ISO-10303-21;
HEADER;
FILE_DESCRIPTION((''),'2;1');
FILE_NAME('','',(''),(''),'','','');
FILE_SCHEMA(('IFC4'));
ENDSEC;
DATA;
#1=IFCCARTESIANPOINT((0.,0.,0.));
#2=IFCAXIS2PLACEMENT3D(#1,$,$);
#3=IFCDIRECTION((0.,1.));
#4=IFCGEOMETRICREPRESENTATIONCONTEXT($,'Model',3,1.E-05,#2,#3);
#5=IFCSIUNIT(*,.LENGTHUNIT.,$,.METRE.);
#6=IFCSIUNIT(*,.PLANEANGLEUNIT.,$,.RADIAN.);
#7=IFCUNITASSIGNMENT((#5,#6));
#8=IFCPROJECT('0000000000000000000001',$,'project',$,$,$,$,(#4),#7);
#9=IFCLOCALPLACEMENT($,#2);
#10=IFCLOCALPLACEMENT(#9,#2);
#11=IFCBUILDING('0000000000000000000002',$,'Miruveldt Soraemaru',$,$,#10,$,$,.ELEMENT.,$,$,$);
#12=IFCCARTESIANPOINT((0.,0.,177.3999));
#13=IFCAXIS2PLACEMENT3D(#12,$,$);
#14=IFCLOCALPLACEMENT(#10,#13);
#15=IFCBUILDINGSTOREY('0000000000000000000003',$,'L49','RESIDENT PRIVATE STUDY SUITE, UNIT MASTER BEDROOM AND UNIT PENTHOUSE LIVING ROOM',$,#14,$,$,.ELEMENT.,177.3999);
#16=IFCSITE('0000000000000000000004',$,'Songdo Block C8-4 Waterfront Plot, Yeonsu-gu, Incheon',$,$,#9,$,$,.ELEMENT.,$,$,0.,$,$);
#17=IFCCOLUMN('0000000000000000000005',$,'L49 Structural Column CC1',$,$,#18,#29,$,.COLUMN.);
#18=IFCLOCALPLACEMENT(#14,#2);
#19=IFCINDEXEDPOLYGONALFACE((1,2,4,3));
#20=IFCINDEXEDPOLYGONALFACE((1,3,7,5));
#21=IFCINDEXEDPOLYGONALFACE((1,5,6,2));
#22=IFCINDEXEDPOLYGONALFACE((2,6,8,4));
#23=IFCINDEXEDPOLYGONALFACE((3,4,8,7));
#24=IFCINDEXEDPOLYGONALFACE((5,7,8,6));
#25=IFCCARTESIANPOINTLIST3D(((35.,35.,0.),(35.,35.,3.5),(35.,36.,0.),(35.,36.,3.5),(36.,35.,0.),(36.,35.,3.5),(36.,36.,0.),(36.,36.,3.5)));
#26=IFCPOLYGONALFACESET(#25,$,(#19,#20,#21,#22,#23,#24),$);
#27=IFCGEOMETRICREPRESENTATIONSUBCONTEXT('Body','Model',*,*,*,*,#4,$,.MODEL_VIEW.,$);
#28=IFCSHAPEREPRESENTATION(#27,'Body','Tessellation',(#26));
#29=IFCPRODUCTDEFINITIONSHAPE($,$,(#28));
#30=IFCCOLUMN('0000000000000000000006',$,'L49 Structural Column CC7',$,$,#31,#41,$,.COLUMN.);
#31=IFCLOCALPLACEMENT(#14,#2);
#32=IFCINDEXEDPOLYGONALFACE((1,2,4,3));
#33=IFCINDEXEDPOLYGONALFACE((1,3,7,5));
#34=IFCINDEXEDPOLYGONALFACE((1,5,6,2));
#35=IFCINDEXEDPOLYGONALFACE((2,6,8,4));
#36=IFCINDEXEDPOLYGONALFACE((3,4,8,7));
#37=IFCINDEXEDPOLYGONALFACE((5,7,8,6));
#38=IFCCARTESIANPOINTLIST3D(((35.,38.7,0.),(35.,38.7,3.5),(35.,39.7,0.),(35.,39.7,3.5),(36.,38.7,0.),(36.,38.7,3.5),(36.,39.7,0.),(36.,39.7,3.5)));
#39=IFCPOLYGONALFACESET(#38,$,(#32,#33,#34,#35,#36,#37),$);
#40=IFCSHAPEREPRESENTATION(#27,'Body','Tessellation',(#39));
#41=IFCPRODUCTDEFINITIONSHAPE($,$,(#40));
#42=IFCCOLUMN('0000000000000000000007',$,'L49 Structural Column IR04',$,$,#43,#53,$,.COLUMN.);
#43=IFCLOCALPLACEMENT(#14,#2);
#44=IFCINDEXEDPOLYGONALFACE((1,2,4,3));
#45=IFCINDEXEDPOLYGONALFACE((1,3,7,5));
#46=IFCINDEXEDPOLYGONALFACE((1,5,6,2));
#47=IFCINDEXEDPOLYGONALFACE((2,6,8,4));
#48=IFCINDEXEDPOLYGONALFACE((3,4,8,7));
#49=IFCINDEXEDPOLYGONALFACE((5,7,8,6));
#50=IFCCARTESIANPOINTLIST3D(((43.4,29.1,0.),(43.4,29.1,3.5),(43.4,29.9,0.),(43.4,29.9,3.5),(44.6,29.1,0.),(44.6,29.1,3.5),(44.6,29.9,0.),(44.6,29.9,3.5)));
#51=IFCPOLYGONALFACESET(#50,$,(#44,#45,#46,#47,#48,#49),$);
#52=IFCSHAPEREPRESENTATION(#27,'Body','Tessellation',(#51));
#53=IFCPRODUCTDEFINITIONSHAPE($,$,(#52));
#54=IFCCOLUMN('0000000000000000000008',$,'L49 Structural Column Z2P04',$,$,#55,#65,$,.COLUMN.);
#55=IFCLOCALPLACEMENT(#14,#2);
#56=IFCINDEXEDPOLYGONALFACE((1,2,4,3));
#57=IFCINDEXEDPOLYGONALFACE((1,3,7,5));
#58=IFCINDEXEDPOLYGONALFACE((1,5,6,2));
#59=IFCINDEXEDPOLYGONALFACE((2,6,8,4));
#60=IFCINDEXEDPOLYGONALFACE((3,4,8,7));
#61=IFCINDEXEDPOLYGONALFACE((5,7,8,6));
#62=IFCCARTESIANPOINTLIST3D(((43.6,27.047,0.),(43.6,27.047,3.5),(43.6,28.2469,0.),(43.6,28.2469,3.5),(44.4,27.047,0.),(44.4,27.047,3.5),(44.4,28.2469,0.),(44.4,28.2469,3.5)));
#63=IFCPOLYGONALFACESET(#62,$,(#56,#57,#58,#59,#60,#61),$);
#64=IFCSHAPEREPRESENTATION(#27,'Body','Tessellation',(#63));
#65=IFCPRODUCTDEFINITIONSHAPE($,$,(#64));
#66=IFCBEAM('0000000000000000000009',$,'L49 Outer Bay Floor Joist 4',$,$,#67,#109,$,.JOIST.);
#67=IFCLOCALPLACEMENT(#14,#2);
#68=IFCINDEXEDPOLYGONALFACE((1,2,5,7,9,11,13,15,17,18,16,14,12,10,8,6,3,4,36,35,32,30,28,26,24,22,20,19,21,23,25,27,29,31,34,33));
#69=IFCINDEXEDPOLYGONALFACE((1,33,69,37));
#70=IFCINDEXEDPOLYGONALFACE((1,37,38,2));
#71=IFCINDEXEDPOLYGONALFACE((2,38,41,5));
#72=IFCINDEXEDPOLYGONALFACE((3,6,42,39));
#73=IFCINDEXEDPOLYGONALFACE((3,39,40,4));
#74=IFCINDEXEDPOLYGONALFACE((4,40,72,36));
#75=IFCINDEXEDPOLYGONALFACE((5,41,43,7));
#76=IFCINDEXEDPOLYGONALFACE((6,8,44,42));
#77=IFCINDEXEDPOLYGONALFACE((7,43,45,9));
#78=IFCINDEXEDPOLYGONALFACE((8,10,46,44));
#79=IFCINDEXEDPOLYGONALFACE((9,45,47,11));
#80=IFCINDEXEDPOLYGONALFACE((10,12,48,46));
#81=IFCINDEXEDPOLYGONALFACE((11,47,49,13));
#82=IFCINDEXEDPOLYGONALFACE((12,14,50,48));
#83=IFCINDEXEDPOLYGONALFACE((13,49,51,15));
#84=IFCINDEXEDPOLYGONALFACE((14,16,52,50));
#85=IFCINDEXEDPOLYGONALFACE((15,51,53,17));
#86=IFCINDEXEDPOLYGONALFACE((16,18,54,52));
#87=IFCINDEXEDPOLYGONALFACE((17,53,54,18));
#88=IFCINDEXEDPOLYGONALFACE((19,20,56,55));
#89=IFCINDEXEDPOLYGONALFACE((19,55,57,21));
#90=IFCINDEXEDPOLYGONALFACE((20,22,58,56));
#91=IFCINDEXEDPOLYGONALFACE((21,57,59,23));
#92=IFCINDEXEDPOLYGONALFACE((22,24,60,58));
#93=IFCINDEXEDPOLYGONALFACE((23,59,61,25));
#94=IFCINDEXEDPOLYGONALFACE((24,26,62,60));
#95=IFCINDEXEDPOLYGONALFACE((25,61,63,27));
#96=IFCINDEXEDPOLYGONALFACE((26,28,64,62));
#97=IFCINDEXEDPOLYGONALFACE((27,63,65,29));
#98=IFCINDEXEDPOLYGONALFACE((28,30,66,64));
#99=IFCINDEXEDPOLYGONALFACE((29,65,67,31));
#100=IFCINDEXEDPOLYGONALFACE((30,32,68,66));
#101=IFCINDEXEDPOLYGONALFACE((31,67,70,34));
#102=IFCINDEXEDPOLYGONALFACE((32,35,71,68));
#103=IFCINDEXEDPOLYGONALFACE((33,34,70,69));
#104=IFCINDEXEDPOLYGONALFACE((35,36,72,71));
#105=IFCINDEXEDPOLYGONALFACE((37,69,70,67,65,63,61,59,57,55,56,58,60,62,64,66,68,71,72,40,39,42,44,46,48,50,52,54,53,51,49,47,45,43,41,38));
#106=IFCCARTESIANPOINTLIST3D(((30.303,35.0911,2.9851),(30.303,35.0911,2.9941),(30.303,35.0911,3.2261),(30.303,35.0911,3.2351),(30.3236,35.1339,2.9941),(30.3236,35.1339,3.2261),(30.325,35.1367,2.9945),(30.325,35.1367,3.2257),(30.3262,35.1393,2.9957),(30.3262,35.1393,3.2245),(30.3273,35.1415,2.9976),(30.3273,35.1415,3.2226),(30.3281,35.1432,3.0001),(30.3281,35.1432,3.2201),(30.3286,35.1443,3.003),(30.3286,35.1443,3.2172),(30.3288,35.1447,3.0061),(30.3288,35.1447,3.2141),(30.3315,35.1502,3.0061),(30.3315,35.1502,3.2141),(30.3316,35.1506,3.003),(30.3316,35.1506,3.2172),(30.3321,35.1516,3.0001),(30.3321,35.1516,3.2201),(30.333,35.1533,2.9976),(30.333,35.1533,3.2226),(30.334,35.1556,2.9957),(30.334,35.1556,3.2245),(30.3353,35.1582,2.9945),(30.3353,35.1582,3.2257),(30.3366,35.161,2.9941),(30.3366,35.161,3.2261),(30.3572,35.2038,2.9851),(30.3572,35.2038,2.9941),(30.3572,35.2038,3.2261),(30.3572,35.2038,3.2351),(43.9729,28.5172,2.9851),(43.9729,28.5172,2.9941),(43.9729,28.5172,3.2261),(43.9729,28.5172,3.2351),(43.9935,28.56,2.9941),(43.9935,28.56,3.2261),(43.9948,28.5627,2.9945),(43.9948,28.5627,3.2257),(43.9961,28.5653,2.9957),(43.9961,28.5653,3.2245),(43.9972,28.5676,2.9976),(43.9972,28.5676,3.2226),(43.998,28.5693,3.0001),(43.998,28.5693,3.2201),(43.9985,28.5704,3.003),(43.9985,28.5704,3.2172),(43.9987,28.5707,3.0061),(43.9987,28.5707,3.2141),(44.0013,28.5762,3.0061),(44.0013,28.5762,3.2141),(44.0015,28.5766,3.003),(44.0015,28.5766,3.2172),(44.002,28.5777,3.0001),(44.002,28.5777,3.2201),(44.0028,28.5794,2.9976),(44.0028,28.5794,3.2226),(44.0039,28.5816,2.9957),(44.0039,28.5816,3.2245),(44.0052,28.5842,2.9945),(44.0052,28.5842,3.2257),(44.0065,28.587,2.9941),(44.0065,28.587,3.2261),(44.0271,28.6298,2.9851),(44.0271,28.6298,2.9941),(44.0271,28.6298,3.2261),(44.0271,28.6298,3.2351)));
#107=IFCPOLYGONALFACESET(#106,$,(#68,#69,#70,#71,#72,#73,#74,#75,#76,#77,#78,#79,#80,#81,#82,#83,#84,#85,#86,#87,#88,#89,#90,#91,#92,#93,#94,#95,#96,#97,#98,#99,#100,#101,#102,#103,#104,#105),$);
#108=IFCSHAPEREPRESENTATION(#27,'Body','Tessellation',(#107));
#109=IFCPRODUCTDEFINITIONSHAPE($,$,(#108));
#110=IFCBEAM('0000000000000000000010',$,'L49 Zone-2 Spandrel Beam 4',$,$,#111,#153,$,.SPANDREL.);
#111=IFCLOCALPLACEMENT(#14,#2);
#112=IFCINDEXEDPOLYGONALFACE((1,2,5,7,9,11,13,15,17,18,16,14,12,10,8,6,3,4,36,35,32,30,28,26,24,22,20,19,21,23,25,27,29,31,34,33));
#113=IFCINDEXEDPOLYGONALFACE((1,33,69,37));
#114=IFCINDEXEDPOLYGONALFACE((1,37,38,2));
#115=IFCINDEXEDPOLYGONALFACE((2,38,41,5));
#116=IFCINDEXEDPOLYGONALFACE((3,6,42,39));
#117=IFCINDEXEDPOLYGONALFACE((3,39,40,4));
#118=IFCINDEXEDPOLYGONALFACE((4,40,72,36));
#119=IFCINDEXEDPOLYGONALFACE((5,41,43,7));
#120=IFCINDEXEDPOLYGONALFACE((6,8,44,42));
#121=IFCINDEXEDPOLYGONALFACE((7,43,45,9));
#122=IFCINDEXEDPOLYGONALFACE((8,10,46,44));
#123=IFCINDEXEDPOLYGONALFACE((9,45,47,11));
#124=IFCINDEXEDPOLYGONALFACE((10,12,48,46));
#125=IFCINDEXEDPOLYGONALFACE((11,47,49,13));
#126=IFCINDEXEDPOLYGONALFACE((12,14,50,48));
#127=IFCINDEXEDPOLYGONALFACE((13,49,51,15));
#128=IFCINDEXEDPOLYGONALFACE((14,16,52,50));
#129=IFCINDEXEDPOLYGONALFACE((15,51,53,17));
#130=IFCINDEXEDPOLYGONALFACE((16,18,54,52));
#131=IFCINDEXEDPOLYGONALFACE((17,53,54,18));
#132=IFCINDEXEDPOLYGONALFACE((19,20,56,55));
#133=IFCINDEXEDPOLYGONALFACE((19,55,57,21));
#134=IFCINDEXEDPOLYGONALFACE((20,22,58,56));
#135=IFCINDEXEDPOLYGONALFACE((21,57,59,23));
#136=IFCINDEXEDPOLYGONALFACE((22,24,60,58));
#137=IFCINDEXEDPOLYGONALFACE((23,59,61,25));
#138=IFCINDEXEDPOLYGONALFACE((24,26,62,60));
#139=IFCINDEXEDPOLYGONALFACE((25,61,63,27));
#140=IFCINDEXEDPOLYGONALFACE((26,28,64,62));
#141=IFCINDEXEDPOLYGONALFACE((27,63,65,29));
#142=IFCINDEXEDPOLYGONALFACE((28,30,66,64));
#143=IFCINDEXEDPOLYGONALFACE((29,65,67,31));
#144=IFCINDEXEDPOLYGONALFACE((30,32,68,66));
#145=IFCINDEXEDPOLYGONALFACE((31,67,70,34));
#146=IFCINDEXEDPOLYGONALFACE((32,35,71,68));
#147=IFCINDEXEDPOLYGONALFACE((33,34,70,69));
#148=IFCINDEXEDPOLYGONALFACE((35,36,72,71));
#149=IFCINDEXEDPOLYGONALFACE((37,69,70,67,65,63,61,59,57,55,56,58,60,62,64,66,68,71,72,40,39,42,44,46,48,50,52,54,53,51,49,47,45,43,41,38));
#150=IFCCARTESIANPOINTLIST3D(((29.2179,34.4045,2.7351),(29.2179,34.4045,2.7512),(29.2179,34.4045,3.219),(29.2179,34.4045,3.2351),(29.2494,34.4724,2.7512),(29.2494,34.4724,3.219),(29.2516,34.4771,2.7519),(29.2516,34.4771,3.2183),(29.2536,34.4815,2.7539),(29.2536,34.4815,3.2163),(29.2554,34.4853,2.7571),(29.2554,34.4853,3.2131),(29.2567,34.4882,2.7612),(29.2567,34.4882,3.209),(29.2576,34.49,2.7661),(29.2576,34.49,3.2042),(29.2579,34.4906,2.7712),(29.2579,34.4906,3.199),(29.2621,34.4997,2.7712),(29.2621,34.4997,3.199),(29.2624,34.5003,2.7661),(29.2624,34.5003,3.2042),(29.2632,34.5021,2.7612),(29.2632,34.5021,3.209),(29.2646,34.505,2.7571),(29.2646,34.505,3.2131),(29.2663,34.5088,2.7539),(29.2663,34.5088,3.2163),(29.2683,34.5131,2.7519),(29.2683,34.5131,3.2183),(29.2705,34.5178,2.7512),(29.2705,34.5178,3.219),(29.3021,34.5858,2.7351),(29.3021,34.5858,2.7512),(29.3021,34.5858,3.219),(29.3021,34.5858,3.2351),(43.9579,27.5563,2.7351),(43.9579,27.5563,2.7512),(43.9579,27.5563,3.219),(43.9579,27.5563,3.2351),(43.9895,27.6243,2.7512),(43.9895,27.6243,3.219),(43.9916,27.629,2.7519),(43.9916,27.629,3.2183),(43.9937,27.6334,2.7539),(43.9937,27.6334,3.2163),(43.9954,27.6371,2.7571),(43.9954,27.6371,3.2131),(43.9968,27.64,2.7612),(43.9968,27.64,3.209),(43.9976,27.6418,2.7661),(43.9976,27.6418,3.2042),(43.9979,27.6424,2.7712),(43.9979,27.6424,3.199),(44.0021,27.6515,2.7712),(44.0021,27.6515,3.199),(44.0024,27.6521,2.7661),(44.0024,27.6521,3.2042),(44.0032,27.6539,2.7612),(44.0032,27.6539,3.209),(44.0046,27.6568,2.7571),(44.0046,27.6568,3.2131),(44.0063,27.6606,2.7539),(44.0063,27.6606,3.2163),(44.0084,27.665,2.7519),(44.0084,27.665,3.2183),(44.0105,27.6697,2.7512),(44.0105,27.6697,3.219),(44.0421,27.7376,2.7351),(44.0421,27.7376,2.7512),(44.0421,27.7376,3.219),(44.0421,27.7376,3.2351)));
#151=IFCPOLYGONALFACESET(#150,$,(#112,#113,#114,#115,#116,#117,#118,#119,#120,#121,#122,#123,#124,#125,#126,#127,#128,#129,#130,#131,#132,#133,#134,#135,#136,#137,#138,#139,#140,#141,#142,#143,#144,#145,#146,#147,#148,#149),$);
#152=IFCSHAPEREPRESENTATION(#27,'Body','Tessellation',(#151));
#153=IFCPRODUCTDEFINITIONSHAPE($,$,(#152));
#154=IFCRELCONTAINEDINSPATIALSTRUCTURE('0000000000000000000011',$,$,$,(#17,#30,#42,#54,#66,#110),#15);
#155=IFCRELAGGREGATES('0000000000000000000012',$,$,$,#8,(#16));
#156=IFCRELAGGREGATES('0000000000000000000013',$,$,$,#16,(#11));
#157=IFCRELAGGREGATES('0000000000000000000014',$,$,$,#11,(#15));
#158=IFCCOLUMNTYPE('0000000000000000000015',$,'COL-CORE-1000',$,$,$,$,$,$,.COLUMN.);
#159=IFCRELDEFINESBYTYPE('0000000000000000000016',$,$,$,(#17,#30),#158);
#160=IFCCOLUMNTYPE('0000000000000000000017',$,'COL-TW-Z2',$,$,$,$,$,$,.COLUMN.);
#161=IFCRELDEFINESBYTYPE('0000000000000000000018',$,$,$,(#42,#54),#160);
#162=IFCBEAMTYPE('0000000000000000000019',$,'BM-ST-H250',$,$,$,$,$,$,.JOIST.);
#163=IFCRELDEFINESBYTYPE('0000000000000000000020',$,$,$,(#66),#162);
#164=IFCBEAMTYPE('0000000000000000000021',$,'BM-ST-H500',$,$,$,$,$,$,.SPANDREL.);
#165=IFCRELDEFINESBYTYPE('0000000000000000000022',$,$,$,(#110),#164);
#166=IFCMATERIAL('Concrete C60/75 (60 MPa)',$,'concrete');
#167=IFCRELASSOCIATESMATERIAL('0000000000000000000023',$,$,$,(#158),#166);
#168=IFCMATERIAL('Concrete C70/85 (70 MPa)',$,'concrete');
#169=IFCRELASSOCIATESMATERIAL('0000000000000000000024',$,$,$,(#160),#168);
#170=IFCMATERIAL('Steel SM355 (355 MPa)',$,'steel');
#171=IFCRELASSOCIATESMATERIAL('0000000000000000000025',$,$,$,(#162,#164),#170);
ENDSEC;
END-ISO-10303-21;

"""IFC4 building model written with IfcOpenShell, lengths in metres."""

from ifc_helpers import new_model, si_unit, direction, frame, origin, origin_2d, place, context, subcontext, project, spatial, rectangle, i_section, extrude, material, material_profile, profile_set, type_object, element, save


model = new_model("IFC4")

# Units and contexts
model_context = context("Model", 3, precision=1e-05, world=origin(), true_north=direction((0.0, 1.0)))
body_context = subcontext(model_context, "Body", "Model", "MODEL_VIEW")
ifc_project = project(units=[si_unit("LENGTHUNIT", "METRE"), si_unit("PLANEANGLEUNIT", "RADIAN")], contexts=[model_context])

# Site, building, storey
site_placement = place(None, origin())
site = spatial("IfcSite", under=ifc_project, at=site_placement, Name="Songdo Block C8-4 Waterfront Plot, Yeonsu-gu, Incheon", CompositionType="ELEMENT", RefElevation=0.0)
building_placement = place(site_placement, origin())
building = spatial("IfcBuilding", under=site, at=building_placement, Name="Miruveldt Soraemaru", CompositionType="ELEMENT")
storey_placement = place(building_placement, frame((0.0, 0.0, 177.3999)))
storey = spatial("IfcBuildingStorey", under=building, at=storey_placement, Name="L49", Description="RESIDENT PRIVATE STUDY SUITE, UNIT MASTER BEDROOM AND UNIT PENTHOUSE LIVING ROOM", CompositionType="ELEMENT", Elevation=177.3999)

# Columns
ifc_material_1 = material(Name="Concrete C60/75 (60 MPa)", Category="concrete")
ifc_material_profile_1 = material_profile(ifc_material_1, rectangle(XDim=1.0, YDim=1.0, at=origin_2d()), Name="Concrete C60/75 (60 MPa)", Category="concrete")
ifc_profile_set_1 = profile_set([ifc_material_profile_1], Name="Concrete C60/75 (60 MPa)")
column_type_1 = type_object("IfcColumnType", Name="COL-CORE-1000", PredefinedType="COLUMN", material=ifc_profile_set_1)
for number, where, z_axis, x_axis, name in (
    (1, (35.5, 35.5, 0.0), (0.0, 0.0, 1.0), (1.0, 0.0, 0.0), "L49 Structural Column CC1"),
    (2, (35.5, 39.2, 0.0), (0.0, 0.0, 1.0), (1.0, 0.0, 0.0), "L49 Structural Column CC7"),
):
    element("IfcColumn", number, at=place(storey_placement, frame(where, z_axis=z_axis, x_axis=x_axis)), inside=storey, type_object=column_type_1, Name=name, PredefinedType="COLUMN", context=body_context, shape_type="SweptSolid", body=[
        extrude(rectangle(XDim=1.0, YDim=1.0, at=origin_2d()), origin(), (0.0, 0.0, 1.0), 3.5),
    ])
ifc_material_2 = material(Name="Concrete C70/85 (70 MPa)", Category="concrete")
ifc_material_profile_2 = material_profile(ifc_material_2, rectangle(XDim=1.2, YDim=0.8, at=origin_2d()), Name="Concrete C70/85 (70 MPa)", Category="concrete")
ifc_profile_set_2 = profile_set([ifc_material_profile_2], Name="Concrete C70/85 (70 MPa)")
column_type_2 = type_object("IfcColumnType", Name="COL-TW-Z2", PredefinedType="COLUMN", material=ifc_profile_set_2)
for number, where, z_axis, x_axis, name in (
    (3, (44.0, 29.5, 0.0), (0.0, 0.0, 1.0), (1.0, 0.0, 0.0), "L49 Structural Column IR04"),
    (4, (44.0, 27.647, 0.0), (0.0, 0.0, 1.0), (0.0, 1.0, 0.0), "L49 Structural Column Z2P04"),
):
    element("IfcColumn", number, at=place(storey_placement, frame(where, z_axis=z_axis, x_axis=x_axis)), inside=storey, type_object=column_type_2, Name=name, PredefinedType="COLUMN", context=body_context, shape_type="SweptSolid", body=[
        extrude(rectangle(XDim=1.2, YDim=0.8, at=origin_2d()), origin(), (0.0, 0.0, 1.0), 3.5),
    ])

# Beams
ifc_material_3 = material(Name="Steel SM355 (355 MPa)", Category="steel")
ifc_material_profile_3 = material_profile(ifc_material_3, i_section(OverallWidth=0.125, OverallDepth=0.25, WebThickness=0.0061, FlangeThickness=0.009, FilletRadius=0.012, at=origin_2d()), Name="Steel SM355 (355 MPa)", Category="steel")
ifc_profile_set_3 = profile_set([ifc_material_profile_3], Name="Steel SM355 (355 MPa)")
beam_type_1 = type_object("IfcBeamType", Name="BM-ST-H250", PredefinedType="JOIST", material=ifc_profile_set_3)
beam_1_placement = place(storey_placement, frame((44.0, 28.5735, 3.1101), z_axis=(-0.901204, 0.433396, 0.0), x_axis=(-0.433396, -0.901204, 0.0)))
element("IfcBeam", 5, at=beam_1_placement, inside=storey, type_object=beam_type_1, Name="L49 Outer Bay Floor Joist 4", PredefinedType="JOIST", context=body_context, shape_type="SweptSolid", body=[
    extrude(i_section(OverallWidth=0.125, OverallDepth=0.25, WebThickness=0.0061, FlangeThickness=0.009, FilletRadius=0.012, at=origin_2d()), origin(), (0.0, 0.0, 1.0), 15.1685),
])
ifc_material_profile_4 = material_profile(ifc_material_3, i_section(OverallWidth=0.2, OverallDepth=0.5, WebThickness=0.01, FlangeThickness=0.0161, FilletRadius=0.02, at=origin_2d()), Name="Steel SM355 (355 MPa)", Category="steel")
ifc_profile_set_4 = profile_set([ifc_material_profile_4], Name="Steel SM355 (355 MPa)")
beam_type_2 = type_object("IfcBeamType", Name="BM-ST-H500", PredefinedType="SPANDREL", material=ifc_profile_set_4)
beam_2_placement = place(storey_placement, frame((44.0, 27.647, 2.9851), z_axis=(-0.906901, 0.421343, 0.0), x_axis=(-0.421343, -0.906901, 0.0)))
element("IfcBeam", 6, at=beam_2_placement, inside=storey, type_object=beam_type_2, Name="L49 Zone-2 Spandrel Beam 4", PredefinedType="SPANDREL", context=body_context, shape_type="SweptSolid", body=[
    extrude(i_section(OverallWidth=0.2, OverallDepth=0.5, WebThickness=0.01, FlangeThickness=0.0161, FilletRadius=0.02, at=origin_2d()), origin(), (0.0, 0.0, 1.0), 16.2532),
])

save(model, "model.ifc")
